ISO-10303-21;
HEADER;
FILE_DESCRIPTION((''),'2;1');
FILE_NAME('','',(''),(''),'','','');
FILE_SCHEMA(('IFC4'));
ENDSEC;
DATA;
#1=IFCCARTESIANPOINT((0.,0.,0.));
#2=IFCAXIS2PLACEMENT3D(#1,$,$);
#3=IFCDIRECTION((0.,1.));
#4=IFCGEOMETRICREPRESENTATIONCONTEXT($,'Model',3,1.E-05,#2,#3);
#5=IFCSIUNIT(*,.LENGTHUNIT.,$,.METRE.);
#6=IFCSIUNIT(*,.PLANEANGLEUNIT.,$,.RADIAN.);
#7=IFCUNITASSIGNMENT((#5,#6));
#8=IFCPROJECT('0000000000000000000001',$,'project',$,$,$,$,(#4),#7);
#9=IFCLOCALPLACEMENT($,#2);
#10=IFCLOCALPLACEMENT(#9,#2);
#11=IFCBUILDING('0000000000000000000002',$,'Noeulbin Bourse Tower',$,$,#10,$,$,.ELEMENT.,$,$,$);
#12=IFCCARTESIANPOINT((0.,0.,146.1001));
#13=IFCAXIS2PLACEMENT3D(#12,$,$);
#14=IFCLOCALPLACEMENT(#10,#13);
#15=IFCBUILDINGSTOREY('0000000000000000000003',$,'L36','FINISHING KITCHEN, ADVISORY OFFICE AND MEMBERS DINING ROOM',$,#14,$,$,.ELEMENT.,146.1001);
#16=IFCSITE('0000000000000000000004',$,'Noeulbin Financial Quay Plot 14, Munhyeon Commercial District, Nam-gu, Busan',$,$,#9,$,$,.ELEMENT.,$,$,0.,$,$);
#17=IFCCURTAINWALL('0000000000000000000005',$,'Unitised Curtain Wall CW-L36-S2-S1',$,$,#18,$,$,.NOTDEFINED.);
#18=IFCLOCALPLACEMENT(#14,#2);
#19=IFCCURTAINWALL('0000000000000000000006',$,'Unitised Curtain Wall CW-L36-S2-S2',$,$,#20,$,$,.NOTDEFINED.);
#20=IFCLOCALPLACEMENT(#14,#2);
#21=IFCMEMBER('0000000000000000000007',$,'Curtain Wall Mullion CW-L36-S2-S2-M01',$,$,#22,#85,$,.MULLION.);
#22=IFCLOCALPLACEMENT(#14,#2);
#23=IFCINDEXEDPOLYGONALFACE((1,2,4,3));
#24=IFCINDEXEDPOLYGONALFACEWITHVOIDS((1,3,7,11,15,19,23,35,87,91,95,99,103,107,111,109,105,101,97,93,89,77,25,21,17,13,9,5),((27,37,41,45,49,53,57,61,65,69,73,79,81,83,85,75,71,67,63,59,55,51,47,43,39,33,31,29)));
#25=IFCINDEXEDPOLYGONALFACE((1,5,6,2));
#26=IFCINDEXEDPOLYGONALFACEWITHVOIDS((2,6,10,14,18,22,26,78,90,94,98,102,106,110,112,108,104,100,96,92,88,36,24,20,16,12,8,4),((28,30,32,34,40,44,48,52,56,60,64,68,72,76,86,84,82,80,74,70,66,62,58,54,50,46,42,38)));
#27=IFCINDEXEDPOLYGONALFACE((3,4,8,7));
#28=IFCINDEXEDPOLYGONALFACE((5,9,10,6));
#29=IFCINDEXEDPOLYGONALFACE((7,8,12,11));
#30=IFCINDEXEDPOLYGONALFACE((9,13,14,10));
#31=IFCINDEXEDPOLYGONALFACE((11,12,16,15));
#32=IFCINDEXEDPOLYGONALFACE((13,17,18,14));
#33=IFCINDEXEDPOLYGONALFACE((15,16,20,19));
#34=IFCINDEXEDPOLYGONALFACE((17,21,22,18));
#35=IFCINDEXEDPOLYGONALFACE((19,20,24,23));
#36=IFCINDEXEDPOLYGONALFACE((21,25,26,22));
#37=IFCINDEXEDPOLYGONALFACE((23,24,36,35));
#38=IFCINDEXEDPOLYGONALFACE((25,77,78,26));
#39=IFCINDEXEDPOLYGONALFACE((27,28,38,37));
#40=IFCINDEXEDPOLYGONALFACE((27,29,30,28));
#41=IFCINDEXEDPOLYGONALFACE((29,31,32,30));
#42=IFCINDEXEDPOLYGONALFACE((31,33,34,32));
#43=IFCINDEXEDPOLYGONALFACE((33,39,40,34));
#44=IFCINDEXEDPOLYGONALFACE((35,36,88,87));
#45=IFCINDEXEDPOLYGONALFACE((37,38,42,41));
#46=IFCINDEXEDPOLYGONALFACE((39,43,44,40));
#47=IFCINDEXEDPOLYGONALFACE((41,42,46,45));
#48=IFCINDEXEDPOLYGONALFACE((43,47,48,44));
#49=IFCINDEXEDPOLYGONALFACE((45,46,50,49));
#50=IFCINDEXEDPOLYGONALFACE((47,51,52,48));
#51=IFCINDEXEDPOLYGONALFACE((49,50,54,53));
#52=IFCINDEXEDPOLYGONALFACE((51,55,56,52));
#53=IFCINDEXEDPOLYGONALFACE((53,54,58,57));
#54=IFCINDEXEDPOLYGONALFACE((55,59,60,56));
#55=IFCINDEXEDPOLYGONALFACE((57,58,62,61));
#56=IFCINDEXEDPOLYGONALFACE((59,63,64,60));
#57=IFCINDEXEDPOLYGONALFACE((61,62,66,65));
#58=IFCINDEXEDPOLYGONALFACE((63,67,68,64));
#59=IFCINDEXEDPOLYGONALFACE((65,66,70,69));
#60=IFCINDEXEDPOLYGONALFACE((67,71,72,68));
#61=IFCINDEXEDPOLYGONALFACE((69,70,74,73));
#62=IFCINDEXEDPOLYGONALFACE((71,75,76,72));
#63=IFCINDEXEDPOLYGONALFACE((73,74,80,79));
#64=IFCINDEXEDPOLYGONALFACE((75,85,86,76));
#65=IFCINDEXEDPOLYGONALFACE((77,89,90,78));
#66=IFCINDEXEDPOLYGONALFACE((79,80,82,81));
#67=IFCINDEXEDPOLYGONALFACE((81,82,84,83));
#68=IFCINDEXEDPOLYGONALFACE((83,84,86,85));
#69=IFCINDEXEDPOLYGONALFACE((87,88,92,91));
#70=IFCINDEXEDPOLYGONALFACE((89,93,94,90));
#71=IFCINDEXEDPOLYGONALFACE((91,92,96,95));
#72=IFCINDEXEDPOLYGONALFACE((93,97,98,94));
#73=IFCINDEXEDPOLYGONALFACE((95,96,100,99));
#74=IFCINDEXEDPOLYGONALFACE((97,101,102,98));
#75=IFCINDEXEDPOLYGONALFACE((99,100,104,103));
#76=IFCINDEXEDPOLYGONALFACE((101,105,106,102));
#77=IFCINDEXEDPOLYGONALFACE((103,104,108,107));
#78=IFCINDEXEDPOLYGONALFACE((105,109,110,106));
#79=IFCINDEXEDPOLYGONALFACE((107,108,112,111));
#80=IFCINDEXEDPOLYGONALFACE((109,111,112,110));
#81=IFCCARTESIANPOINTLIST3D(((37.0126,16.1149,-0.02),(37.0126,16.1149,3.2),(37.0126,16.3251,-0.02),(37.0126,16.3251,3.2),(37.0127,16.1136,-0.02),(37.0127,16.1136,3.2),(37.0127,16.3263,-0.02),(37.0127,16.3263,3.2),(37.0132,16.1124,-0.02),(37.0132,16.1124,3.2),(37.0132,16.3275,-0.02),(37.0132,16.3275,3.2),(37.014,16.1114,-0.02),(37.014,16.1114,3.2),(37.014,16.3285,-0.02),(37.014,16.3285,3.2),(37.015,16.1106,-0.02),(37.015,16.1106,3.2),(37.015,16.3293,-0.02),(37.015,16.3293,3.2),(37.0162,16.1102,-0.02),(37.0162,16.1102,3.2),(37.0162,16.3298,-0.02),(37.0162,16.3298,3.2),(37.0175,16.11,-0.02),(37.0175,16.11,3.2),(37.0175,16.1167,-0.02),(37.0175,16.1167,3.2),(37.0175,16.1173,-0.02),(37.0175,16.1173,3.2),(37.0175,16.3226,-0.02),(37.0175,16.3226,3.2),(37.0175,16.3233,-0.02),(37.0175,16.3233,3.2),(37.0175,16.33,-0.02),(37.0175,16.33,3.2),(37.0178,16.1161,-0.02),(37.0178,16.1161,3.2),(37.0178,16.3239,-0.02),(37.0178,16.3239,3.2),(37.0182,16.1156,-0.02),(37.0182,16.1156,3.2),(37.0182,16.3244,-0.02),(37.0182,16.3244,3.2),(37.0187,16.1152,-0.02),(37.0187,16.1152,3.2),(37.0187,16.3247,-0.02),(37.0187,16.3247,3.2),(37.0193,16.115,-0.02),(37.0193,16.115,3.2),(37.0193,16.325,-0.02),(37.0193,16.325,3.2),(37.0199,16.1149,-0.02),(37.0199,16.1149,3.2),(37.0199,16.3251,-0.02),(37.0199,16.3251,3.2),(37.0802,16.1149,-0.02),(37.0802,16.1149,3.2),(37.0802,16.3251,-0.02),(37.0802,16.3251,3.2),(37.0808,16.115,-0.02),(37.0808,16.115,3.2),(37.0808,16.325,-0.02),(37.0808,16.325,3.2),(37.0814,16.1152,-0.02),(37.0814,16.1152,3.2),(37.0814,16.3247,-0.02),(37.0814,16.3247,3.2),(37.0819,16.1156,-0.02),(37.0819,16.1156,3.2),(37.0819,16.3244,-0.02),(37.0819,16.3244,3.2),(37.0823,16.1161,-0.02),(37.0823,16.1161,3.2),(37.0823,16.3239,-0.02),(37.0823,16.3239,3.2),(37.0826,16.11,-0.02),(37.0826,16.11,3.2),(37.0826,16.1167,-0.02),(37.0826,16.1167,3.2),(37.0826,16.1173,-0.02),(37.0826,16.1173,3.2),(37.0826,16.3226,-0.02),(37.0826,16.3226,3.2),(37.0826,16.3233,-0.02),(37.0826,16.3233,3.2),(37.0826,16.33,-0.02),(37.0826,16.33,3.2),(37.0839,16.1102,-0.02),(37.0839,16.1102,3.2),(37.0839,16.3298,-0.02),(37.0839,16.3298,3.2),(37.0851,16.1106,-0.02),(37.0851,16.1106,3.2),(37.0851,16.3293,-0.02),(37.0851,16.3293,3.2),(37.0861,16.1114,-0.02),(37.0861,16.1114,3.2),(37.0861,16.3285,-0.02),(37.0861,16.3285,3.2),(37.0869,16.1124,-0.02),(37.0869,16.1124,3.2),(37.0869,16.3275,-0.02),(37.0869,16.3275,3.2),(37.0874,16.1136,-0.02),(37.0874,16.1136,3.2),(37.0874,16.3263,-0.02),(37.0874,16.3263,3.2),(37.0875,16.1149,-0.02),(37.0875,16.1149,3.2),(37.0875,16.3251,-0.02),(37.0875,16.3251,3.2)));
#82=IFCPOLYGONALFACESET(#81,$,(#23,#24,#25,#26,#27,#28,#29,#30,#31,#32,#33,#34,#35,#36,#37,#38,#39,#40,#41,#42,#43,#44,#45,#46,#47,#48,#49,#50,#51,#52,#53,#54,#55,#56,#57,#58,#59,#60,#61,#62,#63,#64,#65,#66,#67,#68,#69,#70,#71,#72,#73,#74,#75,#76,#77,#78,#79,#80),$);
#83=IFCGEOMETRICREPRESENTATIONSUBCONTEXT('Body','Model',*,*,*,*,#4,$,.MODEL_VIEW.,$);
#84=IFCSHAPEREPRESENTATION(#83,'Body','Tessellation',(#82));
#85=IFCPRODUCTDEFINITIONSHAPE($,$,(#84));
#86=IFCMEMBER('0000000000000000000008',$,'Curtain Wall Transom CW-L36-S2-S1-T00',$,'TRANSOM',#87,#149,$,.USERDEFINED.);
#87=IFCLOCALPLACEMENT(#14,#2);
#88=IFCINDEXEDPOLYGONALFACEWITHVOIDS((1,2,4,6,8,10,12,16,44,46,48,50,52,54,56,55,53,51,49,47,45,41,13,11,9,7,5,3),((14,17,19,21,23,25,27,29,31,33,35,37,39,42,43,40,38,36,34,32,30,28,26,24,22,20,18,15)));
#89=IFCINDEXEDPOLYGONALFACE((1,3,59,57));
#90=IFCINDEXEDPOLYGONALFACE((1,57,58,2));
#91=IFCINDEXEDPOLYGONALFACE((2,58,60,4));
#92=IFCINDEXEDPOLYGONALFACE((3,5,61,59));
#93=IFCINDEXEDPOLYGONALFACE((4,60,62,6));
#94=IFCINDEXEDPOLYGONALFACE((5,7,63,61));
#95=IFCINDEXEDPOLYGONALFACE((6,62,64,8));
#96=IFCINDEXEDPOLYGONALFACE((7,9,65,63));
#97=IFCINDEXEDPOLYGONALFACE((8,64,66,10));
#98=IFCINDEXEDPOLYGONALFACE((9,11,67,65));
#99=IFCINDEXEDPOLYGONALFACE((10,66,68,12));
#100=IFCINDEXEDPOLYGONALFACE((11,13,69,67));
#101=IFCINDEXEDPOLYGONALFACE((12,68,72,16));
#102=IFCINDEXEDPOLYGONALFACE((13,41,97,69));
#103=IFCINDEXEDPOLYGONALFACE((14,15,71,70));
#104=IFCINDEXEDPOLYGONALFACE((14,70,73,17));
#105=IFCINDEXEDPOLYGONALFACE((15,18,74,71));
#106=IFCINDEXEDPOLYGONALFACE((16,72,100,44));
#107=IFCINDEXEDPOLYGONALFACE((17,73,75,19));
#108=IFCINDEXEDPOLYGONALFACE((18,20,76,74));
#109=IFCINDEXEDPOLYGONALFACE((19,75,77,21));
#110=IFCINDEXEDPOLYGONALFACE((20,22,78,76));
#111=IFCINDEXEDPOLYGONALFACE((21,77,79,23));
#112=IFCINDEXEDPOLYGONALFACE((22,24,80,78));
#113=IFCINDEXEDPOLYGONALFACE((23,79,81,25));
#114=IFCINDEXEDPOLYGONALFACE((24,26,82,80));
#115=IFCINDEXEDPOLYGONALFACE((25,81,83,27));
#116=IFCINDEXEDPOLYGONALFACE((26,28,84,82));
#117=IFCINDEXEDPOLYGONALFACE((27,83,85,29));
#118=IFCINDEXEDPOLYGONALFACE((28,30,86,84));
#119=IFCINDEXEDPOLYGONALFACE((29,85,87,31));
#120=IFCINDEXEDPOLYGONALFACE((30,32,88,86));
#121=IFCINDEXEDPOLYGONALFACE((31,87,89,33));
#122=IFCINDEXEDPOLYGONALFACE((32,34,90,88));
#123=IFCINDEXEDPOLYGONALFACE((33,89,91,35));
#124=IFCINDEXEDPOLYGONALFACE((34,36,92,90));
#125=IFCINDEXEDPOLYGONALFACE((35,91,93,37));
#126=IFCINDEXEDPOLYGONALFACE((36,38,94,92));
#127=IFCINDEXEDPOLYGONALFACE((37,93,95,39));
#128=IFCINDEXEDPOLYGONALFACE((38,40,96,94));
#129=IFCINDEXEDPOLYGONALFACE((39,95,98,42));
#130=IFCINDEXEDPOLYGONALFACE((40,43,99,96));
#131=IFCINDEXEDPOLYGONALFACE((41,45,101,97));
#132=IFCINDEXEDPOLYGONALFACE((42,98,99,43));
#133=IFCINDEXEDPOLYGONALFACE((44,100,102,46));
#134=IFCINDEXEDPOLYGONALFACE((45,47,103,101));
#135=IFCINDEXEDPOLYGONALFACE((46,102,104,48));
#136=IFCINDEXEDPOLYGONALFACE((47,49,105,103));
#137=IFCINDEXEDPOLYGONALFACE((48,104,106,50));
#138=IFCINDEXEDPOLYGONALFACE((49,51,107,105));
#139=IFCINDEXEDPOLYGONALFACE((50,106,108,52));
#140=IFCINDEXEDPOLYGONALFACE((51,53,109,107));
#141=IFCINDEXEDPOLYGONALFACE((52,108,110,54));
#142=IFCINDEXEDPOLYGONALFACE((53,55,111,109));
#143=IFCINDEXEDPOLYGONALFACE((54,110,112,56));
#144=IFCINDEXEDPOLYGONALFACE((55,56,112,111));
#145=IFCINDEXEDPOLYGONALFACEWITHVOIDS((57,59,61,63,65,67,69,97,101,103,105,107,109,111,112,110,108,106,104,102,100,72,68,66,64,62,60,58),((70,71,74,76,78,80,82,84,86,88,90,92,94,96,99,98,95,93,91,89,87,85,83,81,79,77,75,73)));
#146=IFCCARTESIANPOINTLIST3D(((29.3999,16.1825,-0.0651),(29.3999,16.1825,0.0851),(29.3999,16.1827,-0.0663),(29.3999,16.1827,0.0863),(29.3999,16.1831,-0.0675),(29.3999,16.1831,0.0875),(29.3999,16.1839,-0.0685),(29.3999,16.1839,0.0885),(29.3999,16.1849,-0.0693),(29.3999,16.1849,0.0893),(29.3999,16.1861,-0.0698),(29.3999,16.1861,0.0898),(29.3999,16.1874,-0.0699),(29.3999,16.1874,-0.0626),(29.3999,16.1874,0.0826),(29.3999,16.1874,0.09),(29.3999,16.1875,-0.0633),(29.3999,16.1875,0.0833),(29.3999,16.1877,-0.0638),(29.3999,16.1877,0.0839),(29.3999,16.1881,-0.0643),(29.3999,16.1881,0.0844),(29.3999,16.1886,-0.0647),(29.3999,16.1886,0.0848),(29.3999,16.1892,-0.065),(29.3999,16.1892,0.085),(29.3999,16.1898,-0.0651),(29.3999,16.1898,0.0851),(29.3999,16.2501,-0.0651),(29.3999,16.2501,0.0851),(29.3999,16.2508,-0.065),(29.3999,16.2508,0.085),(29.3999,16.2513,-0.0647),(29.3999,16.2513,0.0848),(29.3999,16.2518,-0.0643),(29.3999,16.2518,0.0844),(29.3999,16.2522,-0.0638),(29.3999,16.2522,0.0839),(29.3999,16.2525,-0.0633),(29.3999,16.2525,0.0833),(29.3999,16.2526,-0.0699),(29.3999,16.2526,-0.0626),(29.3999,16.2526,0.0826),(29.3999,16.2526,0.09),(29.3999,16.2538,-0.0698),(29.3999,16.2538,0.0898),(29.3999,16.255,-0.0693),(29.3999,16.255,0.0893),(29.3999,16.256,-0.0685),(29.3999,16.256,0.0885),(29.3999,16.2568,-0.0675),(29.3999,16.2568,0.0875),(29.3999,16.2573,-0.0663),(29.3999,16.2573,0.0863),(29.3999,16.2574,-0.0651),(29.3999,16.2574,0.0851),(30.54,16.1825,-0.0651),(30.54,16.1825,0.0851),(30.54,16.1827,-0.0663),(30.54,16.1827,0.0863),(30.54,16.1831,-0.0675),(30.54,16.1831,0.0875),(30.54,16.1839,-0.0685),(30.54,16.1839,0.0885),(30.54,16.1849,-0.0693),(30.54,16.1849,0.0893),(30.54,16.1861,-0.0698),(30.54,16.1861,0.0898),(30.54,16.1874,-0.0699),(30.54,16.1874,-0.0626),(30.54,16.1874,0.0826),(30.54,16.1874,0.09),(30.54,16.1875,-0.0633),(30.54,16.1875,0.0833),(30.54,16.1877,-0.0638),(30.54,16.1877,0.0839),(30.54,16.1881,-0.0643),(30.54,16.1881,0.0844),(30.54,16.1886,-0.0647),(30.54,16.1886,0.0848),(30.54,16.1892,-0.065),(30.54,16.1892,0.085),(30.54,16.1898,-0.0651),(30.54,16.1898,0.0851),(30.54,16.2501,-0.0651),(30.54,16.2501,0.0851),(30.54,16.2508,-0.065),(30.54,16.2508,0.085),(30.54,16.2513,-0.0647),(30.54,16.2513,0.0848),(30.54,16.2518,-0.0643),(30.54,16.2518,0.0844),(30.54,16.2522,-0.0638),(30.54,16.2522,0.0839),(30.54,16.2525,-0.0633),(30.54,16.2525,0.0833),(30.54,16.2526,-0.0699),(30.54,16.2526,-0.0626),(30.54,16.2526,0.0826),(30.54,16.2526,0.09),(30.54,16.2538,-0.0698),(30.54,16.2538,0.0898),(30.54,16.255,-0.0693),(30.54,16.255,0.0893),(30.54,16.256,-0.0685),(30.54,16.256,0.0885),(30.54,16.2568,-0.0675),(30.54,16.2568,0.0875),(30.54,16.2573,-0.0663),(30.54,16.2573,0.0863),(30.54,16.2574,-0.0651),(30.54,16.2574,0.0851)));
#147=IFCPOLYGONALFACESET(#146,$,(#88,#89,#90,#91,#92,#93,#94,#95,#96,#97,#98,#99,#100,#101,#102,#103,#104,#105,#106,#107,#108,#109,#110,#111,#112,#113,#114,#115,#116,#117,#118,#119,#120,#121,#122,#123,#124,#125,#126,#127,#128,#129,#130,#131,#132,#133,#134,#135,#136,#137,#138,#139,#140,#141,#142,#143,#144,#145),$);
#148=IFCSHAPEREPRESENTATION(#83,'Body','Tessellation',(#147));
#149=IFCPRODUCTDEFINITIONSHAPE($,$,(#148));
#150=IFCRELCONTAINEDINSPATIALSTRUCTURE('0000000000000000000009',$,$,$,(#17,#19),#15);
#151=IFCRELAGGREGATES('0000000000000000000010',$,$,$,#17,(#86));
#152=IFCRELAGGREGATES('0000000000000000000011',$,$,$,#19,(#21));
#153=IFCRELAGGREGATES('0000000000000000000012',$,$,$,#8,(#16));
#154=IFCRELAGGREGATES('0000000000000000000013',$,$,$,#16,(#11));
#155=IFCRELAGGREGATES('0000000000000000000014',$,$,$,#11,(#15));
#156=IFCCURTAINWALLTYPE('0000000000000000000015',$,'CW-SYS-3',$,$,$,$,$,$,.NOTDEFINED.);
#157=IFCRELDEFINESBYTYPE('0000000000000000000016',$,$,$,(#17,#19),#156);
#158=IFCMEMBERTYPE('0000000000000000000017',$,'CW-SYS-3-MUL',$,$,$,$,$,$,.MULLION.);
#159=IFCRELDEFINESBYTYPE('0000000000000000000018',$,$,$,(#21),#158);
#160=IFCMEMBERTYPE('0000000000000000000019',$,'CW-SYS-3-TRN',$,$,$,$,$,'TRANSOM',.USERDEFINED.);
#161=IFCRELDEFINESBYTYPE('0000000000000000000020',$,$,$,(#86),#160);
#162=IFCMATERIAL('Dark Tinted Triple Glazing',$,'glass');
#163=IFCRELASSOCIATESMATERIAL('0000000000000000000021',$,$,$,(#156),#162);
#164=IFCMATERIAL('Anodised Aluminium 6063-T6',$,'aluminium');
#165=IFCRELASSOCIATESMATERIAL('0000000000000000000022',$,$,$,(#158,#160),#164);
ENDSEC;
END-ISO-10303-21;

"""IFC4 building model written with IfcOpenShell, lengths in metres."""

from ifc_helpers import new_model, si_unit, direction, frame, origin, origin_2d, place, context, subcontext, project, spatial, hollow_rectangle, extrude, material, material_profile, profile_set, type_object, element, aggregate, save


model = new_model("IFC4")

# Units and contexts
model_context = context("Model", 3, precision=1e-05, world=origin(), true_north=direction((0.0, 1.0)))
body_context = subcontext(model_context, "Body", "Model", "MODEL_VIEW")
ifc_project = project(units=[si_unit("LENGTHUNIT", "METRE"), si_unit("PLANEANGLEUNIT", "RADIAN")], contexts=[model_context])

# Site, building, storey
site_placement = place(None, origin())
site = spatial("IfcSite", under=ifc_project, at=site_placement, Name="Noeulbin Financial Quay Plot 14, Munhyeon Commercial District, Nam-gu, Busan", CompositionType="ELEMENT", RefElevation=0.0)
building_placement = place(site_placement, origin())
building = spatial("IfcBuilding", under=site, at=building_placement, Name="Noeulbin Bourse Tower", CompositionType="ELEMENT")
storey_placement = place(building_placement, frame((0.0, 0.0, 146.1001)))
storey = spatial("IfcBuildingStorey", under=building, at=storey_placement, Name="L36", Description="FINISHING KITCHEN, ADVISORY OFFICE AND MEMBERS DINING ROOM", CompositionType="ELEMENT", Elevation=146.1001)

# Curtain walls, member
ifc_material_1 = material(Name="Dark Tinted Triple Glazing", Category="glass")
curtain_wall_type = type_object("IfcCurtainWallType", Name="CW-SYS-3", PredefinedType="NOTDEFINED", material=ifc_material_1)
curtain_wall_1_placement = place(storey_placement, origin())
curtain_wall_1 = element("IfcCurtainWall", 1, at=curtain_wall_1_placement, inside=storey, type_object=curtain_wall_type, Name="Unitised Curtain Wall CW-L36-S2-S1", PredefinedType="NOTDEFINED")
ifc_material_2 = material(Name="Anodised Aluminium 6063-T6", Category="aluminium")
ifc_material_profile_1 = material_profile(ifc_material_2, hollow_rectangle(XDim=0.075, YDim=0.22, WallThickness=0.0049, InnerFilletRadius=0.0024, OuterFilletRadius=0.0049, at=origin_2d()), Name="ALU-MULL-75x220x5", Category="LoadBearing")
ifc_profile_set_1 = profile_set([ifc_material_profile_1], Name="Anodised Aluminium 6063-T6")
member_type_1 = type_object("IfcMemberType", Name="CW-SYS-3-MUL", PredefinedType="MULLION", material=ifc_profile_set_1)
curtain_wall_2_placement = place(storey_placement, origin())
curtain_wall_2 = element("IfcCurtainWall", 2, at=curtain_wall_2_placement, inside=storey, type_object=curtain_wall_type, Name="Unitised Curtain Wall CW-L36-S2-S2", PredefinedType="NOTDEFINED")
member_1_placement = place(storey_placement, frame((37.05, 16.22, -0.02), z_axis=(0.0, 0.0, 1.0), x_axis=(1.0, 0.0, 0.0)))
member_1 = element("IfcMember", 3, at=member_1_placement, type_object=member_type_1, Name="Curtain Wall Mullion CW-L36-S2-S2-M01", PredefinedType="MULLION", context=body_context, shape_type="SweptSolid", body=[
    extrude(hollow_rectangle(XDim=0.075, YDim=0.22, WallThickness=0.0049, InnerFilletRadius=0.0024, OuterFilletRadius=0.0049, at=origin_2d()), origin(), (0.0, 0.0, 1.0), 3.22),
])

# Member
ifc_material_profile_2 = material_profile(ifc_material_2, hollow_rectangle(XDim=0.075, YDim=0.1599, WallThickness=0.0049, InnerFilletRadius=0.0024, OuterFilletRadius=0.0049, at=origin_2d()), Name="ALU-TRAN-75x160x5", Category="LoadBearing")
ifc_profile_set_2 = profile_set([ifc_material_profile_2], Name="Anodised Aluminium 6063-T6")
member_type_2 = type_object("IfcMemberType", Name="CW-SYS-3-TRN", ElementType="TRANSOM", PredefinedType="USERDEFINED", material=ifc_profile_set_2)
member_2_placement = place(storey_placement, frame((29.3999, 16.22, 0.01), z_axis=(1.0, 0.0, 0.0), x_axis=(0.0, 1.0, 0.0)))
member_2 = element("IfcMember", 4, at=member_2_placement, type_object=member_type_2, Name="Curtain Wall Transom CW-L36-S2-S1-T00", ObjectType="TRANSOM", PredefinedType="USERDEFINED", context=body_context, shape_type="SweptSolid", body=[
    extrude(hollow_rectangle(XDim=0.075, YDim=0.1599, WallThickness=0.0049, InnerFilletRadius=0.0024, OuterFilletRadius=0.0049, at=origin_2d()), origin(), (0.0, 0.0, 1.0), 1.1401),
])

aggregate(curtain_wall_1, [member_2])
aggregate(curtain_wall_2, [member_1])

save(model, "model.ifc")
